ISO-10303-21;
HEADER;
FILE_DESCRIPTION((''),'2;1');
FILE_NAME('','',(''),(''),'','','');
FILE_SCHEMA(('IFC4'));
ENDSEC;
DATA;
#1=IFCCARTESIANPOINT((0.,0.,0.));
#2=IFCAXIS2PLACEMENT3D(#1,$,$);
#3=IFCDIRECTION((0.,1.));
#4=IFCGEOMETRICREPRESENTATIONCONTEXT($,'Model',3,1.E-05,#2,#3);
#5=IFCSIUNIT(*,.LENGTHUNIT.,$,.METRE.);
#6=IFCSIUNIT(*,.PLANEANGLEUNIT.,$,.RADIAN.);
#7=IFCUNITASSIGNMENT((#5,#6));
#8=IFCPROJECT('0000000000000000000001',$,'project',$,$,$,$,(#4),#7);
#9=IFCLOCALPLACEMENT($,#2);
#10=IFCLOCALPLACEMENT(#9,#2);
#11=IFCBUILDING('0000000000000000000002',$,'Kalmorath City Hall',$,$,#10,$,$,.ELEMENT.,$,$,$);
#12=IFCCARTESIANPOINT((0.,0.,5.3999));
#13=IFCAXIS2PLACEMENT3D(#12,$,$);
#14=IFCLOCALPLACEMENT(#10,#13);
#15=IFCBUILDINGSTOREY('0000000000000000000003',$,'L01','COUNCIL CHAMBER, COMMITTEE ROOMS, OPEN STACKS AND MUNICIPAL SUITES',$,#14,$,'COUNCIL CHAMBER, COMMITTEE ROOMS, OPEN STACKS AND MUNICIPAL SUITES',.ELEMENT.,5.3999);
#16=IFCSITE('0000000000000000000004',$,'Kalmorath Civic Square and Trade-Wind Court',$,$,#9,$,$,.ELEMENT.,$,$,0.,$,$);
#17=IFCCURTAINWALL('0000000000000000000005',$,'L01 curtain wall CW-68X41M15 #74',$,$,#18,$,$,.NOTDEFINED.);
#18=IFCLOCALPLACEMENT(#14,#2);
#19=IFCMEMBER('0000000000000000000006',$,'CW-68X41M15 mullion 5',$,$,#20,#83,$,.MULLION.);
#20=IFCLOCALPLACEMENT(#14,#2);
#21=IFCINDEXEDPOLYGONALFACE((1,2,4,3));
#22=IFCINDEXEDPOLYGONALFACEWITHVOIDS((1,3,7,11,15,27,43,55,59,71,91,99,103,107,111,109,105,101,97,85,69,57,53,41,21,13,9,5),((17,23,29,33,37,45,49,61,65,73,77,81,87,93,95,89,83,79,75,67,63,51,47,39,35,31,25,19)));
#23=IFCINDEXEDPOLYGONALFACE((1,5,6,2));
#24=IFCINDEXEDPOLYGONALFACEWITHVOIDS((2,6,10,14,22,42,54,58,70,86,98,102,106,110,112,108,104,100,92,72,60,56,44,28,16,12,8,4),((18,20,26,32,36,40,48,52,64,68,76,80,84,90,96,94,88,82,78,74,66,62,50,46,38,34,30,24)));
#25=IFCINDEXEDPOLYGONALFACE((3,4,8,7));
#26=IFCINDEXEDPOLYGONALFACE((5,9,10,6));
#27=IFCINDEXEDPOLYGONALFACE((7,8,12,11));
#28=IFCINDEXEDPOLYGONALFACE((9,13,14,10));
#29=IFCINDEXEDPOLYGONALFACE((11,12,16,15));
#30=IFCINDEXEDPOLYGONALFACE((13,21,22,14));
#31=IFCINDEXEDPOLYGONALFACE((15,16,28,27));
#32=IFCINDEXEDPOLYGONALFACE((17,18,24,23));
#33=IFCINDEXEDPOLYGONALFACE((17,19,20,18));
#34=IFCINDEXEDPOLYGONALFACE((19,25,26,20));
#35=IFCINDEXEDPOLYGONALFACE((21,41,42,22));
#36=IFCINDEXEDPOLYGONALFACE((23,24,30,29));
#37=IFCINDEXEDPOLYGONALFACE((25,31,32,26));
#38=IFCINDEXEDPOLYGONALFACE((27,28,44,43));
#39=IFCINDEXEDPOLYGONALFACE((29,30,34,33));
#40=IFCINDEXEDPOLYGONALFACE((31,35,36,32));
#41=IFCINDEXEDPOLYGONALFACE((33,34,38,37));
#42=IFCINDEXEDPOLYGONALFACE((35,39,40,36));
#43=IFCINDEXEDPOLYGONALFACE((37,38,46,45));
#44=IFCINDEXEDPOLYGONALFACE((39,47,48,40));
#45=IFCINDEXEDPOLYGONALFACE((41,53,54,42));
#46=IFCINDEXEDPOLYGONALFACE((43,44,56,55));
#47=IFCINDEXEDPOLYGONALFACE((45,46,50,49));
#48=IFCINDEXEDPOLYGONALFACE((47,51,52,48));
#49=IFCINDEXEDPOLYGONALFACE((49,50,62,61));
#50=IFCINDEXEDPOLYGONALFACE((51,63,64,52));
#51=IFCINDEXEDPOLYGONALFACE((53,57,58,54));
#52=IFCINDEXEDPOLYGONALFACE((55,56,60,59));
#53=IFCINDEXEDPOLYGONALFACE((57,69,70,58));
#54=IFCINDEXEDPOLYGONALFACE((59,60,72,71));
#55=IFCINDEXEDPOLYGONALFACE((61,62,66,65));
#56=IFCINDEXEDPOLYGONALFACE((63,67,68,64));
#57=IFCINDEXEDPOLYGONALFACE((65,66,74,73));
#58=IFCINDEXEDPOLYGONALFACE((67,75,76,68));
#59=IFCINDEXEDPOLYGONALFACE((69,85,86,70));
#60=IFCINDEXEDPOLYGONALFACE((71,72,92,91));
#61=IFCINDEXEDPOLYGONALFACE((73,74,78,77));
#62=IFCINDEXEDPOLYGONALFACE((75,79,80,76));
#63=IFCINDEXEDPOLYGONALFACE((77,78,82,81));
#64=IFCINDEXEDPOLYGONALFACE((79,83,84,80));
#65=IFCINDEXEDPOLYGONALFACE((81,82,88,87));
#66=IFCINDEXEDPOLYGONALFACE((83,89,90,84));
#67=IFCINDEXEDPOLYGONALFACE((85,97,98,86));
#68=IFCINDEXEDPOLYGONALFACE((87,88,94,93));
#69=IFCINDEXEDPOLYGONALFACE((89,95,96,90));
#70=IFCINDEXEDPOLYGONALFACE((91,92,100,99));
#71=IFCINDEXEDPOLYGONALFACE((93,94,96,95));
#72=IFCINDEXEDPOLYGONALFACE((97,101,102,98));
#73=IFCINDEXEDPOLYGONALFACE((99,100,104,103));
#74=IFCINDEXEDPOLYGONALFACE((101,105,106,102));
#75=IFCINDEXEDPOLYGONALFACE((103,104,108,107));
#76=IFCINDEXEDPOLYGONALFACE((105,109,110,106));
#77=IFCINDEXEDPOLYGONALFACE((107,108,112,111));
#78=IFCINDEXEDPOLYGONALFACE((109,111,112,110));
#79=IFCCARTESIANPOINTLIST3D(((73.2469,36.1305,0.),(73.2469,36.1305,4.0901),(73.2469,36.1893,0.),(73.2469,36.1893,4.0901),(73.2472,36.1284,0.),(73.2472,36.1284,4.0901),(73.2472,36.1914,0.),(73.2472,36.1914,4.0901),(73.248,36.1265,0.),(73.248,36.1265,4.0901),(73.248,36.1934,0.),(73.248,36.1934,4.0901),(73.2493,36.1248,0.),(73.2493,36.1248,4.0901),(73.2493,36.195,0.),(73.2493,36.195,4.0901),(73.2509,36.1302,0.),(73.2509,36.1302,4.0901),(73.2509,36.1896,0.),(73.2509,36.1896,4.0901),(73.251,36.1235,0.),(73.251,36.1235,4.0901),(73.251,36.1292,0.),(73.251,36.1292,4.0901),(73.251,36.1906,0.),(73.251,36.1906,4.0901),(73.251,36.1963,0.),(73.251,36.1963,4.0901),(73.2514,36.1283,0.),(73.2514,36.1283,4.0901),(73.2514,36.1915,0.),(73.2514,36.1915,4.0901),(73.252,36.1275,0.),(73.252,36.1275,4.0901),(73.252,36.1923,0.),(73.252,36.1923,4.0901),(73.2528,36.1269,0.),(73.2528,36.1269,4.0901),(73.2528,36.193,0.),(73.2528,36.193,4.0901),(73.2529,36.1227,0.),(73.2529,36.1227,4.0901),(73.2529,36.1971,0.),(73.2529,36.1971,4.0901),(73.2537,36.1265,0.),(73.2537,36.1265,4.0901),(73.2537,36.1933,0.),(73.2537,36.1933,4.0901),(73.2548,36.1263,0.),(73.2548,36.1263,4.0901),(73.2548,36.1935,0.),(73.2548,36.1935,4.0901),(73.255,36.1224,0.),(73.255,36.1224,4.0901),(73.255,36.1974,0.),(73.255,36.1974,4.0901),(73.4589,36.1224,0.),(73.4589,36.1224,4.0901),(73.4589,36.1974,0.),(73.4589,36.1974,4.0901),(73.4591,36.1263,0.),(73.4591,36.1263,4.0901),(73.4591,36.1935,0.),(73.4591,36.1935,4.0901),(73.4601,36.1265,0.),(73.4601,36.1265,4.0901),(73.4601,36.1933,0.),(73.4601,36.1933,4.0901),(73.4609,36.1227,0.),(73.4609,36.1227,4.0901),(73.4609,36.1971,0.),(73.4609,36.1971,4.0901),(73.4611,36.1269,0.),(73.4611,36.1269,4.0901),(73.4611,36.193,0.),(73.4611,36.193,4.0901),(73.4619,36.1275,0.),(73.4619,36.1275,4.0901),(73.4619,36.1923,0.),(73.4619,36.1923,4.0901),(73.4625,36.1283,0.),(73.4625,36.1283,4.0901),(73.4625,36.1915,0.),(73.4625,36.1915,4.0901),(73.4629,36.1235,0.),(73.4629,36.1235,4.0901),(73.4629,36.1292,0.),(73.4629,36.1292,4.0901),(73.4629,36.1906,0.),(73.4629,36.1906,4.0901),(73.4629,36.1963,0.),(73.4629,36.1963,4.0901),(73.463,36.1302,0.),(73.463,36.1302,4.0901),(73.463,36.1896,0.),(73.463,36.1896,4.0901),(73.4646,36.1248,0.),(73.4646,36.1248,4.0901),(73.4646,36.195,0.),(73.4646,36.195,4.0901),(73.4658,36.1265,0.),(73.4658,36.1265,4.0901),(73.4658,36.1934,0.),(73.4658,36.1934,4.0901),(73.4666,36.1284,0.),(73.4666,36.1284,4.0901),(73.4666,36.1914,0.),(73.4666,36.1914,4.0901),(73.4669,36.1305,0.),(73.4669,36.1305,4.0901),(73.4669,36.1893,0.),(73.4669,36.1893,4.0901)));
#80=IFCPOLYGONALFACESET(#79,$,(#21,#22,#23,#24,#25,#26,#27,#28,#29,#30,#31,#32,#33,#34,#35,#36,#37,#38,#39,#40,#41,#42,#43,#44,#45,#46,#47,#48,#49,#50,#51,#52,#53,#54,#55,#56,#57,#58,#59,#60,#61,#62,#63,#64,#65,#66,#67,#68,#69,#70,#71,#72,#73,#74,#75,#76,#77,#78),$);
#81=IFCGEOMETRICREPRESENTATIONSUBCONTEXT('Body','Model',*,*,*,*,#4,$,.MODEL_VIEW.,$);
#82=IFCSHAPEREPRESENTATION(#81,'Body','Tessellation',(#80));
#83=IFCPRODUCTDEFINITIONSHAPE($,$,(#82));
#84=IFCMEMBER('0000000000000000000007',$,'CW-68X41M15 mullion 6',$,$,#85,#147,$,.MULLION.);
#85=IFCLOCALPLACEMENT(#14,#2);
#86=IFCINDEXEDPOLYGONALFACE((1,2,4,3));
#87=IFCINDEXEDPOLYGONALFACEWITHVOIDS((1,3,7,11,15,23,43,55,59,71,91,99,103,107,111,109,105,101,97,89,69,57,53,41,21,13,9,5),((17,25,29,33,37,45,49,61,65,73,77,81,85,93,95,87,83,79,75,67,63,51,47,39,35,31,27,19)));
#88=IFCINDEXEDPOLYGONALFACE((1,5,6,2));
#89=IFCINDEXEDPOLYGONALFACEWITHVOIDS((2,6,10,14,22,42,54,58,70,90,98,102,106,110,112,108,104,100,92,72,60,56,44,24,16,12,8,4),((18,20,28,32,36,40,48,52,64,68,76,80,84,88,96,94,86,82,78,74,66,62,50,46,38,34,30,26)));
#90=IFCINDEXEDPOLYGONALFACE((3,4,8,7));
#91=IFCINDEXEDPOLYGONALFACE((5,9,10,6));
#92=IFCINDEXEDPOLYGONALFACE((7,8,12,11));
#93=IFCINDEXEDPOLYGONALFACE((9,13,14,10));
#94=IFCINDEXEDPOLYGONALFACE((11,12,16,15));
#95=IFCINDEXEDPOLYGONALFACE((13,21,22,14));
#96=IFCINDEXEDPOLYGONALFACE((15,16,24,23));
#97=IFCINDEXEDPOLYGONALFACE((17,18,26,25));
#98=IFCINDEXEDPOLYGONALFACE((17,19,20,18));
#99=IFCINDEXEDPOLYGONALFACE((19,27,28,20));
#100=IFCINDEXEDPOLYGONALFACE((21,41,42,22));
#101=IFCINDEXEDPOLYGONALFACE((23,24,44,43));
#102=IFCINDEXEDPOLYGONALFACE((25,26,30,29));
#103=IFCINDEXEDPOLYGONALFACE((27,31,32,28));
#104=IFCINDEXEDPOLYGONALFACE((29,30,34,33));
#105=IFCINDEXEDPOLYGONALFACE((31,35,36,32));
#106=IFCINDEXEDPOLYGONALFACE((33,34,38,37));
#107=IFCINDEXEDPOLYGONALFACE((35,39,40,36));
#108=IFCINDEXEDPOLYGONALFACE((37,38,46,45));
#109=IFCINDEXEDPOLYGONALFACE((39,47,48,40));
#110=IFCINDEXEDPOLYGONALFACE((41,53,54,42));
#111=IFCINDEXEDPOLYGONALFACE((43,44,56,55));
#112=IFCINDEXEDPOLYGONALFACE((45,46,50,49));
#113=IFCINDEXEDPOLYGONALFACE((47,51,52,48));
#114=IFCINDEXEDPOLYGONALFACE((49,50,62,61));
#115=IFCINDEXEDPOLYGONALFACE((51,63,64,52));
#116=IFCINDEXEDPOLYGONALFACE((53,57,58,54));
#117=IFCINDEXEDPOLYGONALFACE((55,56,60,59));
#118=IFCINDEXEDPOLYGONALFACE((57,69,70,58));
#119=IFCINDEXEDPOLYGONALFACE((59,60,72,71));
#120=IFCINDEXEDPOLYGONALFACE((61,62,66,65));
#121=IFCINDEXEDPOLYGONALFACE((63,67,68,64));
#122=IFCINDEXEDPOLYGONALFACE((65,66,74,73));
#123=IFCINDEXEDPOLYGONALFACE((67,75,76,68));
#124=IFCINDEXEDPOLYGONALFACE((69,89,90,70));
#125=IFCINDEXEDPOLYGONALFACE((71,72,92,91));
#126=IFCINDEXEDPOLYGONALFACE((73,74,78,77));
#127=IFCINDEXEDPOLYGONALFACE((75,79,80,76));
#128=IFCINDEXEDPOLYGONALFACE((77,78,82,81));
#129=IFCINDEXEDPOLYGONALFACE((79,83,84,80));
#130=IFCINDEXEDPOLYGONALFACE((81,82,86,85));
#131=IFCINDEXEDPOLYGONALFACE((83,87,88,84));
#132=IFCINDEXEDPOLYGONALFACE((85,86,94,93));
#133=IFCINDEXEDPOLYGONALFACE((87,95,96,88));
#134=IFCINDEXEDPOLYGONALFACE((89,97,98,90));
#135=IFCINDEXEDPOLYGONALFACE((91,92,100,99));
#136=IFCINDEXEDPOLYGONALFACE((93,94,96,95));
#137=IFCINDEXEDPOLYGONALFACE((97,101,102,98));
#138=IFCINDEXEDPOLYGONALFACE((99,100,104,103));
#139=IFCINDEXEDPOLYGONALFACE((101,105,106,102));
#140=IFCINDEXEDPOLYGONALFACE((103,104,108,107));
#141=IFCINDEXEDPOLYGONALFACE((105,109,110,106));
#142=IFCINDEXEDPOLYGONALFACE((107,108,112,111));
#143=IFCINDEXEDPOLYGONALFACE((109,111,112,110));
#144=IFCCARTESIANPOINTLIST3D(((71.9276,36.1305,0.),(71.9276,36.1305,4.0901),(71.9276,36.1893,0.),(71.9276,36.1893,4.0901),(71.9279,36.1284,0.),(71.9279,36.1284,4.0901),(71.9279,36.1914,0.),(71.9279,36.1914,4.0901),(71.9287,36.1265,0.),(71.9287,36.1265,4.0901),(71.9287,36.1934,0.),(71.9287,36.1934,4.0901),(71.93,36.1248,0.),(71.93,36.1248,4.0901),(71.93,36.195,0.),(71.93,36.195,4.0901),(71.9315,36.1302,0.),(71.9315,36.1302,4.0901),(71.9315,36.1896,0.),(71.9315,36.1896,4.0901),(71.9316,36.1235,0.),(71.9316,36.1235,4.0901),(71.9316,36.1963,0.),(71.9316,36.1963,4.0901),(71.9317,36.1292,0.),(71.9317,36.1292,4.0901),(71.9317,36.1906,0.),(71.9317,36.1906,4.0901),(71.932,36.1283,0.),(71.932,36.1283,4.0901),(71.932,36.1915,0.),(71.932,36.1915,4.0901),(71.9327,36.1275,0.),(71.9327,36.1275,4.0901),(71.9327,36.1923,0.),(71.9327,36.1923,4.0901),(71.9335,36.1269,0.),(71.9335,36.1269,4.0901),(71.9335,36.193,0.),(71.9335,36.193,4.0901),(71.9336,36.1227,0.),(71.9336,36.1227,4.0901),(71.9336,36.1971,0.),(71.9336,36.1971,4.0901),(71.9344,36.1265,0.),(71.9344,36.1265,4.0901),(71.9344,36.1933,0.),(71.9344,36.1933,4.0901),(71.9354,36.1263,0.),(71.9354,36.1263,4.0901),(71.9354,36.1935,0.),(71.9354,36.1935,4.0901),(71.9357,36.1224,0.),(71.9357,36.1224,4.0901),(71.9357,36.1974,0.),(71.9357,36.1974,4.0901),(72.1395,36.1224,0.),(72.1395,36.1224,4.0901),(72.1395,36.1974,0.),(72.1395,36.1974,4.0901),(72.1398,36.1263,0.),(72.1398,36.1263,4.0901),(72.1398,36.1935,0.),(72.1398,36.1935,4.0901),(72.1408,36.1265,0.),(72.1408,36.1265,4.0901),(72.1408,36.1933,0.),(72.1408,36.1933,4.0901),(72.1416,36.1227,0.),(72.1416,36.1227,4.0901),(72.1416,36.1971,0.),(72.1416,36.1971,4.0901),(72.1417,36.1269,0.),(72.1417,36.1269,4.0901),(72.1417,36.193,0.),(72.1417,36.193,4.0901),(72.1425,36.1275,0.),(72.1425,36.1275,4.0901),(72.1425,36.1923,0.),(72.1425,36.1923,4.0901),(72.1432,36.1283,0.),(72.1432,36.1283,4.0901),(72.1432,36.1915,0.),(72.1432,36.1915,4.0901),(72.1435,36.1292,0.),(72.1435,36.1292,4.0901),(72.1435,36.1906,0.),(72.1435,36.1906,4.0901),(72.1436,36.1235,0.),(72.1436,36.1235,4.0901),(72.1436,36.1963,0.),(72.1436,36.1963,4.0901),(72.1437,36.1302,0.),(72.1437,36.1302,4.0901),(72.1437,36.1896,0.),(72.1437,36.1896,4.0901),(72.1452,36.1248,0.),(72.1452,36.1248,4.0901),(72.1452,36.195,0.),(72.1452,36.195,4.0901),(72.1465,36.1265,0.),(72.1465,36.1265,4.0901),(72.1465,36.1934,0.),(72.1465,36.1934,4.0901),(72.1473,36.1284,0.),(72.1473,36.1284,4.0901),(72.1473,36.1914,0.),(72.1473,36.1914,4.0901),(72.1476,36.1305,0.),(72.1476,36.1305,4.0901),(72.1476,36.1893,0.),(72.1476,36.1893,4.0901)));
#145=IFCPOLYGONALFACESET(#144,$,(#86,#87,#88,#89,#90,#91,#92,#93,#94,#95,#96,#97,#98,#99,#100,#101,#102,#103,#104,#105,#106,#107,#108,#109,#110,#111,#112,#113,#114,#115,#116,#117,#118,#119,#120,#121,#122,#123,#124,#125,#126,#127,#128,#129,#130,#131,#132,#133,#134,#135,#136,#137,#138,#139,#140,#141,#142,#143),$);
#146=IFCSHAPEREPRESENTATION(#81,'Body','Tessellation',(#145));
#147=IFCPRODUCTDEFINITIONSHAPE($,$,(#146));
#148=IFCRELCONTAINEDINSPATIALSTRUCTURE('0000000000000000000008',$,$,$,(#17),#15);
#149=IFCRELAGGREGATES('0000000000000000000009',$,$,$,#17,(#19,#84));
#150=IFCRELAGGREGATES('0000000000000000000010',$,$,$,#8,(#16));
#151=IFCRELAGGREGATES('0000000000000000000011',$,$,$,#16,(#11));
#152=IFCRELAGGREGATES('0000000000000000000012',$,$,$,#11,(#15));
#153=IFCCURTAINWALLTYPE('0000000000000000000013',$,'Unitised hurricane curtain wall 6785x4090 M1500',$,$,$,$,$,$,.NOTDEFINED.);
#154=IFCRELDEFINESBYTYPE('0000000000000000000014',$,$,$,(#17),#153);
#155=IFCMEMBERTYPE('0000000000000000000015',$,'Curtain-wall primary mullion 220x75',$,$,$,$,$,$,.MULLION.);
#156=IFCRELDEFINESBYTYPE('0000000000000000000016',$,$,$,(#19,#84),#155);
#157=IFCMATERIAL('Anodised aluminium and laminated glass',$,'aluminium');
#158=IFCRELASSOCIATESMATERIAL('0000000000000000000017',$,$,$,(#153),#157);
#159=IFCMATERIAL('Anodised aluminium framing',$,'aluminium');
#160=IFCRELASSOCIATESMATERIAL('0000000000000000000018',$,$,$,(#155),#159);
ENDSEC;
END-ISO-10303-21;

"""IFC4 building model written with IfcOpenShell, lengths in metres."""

from ifc_helpers import new_model, si_unit, direction, frame, origin, origin_2d, place, context, subcontext, project, spatial, hollow_rectangle, extrude, material, material_profile, profile_set, type_object, element, aggregate, save


model = new_model("IFC4")

# Units and contexts
model_context = context("Model", 3, precision=1e-05, world=origin(), true_north=direction((0.0, 1.0)))
body_context = subcontext(model_context, "Body", "Model", "MODEL_VIEW")
ifc_project = project(units=[si_unit("LENGTHUNIT", "METRE"), si_unit("PLANEANGLEUNIT", "RADIAN")], contexts=[model_context])

# Site, building, storey
site_placement = place(None, origin())
site = spatial("IfcSite", under=ifc_project, at=site_placement, Name="Kalmorath Civic Square and Trade-Wind Court", CompositionType="ELEMENT", RefElevation=0.0)
building_placement = place(site_placement, origin())
building = spatial("IfcBuilding", under=site, at=building_placement, Name="Kalmorath City Hall", CompositionType="ELEMENT")
storey_placement = place(building_placement, frame((0.0, 0.0, 5.3999)))
storey = spatial("IfcBuildingStorey", under=building, at=storey_placement, Name="L01", Description="COUNCIL CHAMBER, COMMITTEE ROOMS, OPEN STACKS AND MUNICIPAL SUITES", LongName="COUNCIL CHAMBER, COMMITTEE ROOMS, OPEN STACKS AND MUNICIPAL SUITES", CompositionType="ELEMENT", Elevation=5.3999)

# Curtain wall, members
ifc_material_1 = material(Name="Anodised aluminium and laminated glass", Category="aluminium")
curtain_wall_type_1 = type_object("IfcCurtainWallType", Name="Unitised hurricane curtain wall 6785x4090 M1500", PredefinedType="NOTDEFINED", material=ifc_material_1)
curtain_wall_1_placement = place(storey_placement, origin())
curtain_wall_1 = element("IfcCurtainWall", 1, at=curtain_wall_1_placement, inside=storey, type_object=curtain_wall_type_1, Name="L01 curtain wall CW-68X41M15 #74", PredefinedType="NOTDEFINED")
ifc_material_2 = material(Name="Anodised aluminium framing", Category="aluminium")
ifc_material_profile_1 = material_profile(ifc_material_2, hollow_rectangle(XDim=0.075, YDim=0.22, WallThickness=0.0039, InnerFilletRadius=0.0039, OuterFilletRadius=0.0081, at=origin_2d()), Name="ALU-MUL-220X75X4")
ifc_profile_set_1 = profile_set([ifc_material_profile_1], Name="Anodised aluminium framing")
member_type_1 = type_object("IfcMemberType", Name="Curtain-wall primary mullion 220x75", PredefinedType="MULLION", material=ifc_profile_set_1)
member_1_placement = place(storey_placement, frame((73.3569, 36.1599, 0.0), z_axis=(0.0, 0.0, 1.0), x_axis=(0.0, -1.0, 0.0)))
member_1 = element("IfcMember", 2, at=member_1_placement, type_object=member_type_1, Name="CW-68X41M15 mullion 5", PredefinedType="MULLION", context=body_context, shape_type="SweptSolid", body=[
    extrude(hollow_rectangle(XDim=0.075, YDim=0.22, WallThickness=0.0039, InnerFilletRadius=0.0039, OuterFilletRadius=0.0081, at=origin_2d()), origin(), (0.0, 0.0, 1.0), 4.0901),
])
member_2_placement = place(storey_placement, frame((72.0376, 36.1599, 0.0), z_axis=(0.0, 0.0, 1.0), x_axis=(0.0, -1.0, 0.0)))
member_2 = element("IfcMember", 3, at=member_2_placement, type_object=member_type_1, Name="CW-68X41M15 mullion 6", PredefinedType="MULLION", context=body_context, shape_type="SweptSolid", body=[
    extrude(hollow_rectangle(XDim=0.075, YDim=0.22, WallThickness=0.0039, InnerFilletRadius=0.0039, OuterFilletRadius=0.0081, at=origin_2d()), origin(), (0.0, 0.0, 1.0), 4.0901),
])

aggregate(curtain_wall_1, [member_1, member_2])

save(model, "model.ifc")
